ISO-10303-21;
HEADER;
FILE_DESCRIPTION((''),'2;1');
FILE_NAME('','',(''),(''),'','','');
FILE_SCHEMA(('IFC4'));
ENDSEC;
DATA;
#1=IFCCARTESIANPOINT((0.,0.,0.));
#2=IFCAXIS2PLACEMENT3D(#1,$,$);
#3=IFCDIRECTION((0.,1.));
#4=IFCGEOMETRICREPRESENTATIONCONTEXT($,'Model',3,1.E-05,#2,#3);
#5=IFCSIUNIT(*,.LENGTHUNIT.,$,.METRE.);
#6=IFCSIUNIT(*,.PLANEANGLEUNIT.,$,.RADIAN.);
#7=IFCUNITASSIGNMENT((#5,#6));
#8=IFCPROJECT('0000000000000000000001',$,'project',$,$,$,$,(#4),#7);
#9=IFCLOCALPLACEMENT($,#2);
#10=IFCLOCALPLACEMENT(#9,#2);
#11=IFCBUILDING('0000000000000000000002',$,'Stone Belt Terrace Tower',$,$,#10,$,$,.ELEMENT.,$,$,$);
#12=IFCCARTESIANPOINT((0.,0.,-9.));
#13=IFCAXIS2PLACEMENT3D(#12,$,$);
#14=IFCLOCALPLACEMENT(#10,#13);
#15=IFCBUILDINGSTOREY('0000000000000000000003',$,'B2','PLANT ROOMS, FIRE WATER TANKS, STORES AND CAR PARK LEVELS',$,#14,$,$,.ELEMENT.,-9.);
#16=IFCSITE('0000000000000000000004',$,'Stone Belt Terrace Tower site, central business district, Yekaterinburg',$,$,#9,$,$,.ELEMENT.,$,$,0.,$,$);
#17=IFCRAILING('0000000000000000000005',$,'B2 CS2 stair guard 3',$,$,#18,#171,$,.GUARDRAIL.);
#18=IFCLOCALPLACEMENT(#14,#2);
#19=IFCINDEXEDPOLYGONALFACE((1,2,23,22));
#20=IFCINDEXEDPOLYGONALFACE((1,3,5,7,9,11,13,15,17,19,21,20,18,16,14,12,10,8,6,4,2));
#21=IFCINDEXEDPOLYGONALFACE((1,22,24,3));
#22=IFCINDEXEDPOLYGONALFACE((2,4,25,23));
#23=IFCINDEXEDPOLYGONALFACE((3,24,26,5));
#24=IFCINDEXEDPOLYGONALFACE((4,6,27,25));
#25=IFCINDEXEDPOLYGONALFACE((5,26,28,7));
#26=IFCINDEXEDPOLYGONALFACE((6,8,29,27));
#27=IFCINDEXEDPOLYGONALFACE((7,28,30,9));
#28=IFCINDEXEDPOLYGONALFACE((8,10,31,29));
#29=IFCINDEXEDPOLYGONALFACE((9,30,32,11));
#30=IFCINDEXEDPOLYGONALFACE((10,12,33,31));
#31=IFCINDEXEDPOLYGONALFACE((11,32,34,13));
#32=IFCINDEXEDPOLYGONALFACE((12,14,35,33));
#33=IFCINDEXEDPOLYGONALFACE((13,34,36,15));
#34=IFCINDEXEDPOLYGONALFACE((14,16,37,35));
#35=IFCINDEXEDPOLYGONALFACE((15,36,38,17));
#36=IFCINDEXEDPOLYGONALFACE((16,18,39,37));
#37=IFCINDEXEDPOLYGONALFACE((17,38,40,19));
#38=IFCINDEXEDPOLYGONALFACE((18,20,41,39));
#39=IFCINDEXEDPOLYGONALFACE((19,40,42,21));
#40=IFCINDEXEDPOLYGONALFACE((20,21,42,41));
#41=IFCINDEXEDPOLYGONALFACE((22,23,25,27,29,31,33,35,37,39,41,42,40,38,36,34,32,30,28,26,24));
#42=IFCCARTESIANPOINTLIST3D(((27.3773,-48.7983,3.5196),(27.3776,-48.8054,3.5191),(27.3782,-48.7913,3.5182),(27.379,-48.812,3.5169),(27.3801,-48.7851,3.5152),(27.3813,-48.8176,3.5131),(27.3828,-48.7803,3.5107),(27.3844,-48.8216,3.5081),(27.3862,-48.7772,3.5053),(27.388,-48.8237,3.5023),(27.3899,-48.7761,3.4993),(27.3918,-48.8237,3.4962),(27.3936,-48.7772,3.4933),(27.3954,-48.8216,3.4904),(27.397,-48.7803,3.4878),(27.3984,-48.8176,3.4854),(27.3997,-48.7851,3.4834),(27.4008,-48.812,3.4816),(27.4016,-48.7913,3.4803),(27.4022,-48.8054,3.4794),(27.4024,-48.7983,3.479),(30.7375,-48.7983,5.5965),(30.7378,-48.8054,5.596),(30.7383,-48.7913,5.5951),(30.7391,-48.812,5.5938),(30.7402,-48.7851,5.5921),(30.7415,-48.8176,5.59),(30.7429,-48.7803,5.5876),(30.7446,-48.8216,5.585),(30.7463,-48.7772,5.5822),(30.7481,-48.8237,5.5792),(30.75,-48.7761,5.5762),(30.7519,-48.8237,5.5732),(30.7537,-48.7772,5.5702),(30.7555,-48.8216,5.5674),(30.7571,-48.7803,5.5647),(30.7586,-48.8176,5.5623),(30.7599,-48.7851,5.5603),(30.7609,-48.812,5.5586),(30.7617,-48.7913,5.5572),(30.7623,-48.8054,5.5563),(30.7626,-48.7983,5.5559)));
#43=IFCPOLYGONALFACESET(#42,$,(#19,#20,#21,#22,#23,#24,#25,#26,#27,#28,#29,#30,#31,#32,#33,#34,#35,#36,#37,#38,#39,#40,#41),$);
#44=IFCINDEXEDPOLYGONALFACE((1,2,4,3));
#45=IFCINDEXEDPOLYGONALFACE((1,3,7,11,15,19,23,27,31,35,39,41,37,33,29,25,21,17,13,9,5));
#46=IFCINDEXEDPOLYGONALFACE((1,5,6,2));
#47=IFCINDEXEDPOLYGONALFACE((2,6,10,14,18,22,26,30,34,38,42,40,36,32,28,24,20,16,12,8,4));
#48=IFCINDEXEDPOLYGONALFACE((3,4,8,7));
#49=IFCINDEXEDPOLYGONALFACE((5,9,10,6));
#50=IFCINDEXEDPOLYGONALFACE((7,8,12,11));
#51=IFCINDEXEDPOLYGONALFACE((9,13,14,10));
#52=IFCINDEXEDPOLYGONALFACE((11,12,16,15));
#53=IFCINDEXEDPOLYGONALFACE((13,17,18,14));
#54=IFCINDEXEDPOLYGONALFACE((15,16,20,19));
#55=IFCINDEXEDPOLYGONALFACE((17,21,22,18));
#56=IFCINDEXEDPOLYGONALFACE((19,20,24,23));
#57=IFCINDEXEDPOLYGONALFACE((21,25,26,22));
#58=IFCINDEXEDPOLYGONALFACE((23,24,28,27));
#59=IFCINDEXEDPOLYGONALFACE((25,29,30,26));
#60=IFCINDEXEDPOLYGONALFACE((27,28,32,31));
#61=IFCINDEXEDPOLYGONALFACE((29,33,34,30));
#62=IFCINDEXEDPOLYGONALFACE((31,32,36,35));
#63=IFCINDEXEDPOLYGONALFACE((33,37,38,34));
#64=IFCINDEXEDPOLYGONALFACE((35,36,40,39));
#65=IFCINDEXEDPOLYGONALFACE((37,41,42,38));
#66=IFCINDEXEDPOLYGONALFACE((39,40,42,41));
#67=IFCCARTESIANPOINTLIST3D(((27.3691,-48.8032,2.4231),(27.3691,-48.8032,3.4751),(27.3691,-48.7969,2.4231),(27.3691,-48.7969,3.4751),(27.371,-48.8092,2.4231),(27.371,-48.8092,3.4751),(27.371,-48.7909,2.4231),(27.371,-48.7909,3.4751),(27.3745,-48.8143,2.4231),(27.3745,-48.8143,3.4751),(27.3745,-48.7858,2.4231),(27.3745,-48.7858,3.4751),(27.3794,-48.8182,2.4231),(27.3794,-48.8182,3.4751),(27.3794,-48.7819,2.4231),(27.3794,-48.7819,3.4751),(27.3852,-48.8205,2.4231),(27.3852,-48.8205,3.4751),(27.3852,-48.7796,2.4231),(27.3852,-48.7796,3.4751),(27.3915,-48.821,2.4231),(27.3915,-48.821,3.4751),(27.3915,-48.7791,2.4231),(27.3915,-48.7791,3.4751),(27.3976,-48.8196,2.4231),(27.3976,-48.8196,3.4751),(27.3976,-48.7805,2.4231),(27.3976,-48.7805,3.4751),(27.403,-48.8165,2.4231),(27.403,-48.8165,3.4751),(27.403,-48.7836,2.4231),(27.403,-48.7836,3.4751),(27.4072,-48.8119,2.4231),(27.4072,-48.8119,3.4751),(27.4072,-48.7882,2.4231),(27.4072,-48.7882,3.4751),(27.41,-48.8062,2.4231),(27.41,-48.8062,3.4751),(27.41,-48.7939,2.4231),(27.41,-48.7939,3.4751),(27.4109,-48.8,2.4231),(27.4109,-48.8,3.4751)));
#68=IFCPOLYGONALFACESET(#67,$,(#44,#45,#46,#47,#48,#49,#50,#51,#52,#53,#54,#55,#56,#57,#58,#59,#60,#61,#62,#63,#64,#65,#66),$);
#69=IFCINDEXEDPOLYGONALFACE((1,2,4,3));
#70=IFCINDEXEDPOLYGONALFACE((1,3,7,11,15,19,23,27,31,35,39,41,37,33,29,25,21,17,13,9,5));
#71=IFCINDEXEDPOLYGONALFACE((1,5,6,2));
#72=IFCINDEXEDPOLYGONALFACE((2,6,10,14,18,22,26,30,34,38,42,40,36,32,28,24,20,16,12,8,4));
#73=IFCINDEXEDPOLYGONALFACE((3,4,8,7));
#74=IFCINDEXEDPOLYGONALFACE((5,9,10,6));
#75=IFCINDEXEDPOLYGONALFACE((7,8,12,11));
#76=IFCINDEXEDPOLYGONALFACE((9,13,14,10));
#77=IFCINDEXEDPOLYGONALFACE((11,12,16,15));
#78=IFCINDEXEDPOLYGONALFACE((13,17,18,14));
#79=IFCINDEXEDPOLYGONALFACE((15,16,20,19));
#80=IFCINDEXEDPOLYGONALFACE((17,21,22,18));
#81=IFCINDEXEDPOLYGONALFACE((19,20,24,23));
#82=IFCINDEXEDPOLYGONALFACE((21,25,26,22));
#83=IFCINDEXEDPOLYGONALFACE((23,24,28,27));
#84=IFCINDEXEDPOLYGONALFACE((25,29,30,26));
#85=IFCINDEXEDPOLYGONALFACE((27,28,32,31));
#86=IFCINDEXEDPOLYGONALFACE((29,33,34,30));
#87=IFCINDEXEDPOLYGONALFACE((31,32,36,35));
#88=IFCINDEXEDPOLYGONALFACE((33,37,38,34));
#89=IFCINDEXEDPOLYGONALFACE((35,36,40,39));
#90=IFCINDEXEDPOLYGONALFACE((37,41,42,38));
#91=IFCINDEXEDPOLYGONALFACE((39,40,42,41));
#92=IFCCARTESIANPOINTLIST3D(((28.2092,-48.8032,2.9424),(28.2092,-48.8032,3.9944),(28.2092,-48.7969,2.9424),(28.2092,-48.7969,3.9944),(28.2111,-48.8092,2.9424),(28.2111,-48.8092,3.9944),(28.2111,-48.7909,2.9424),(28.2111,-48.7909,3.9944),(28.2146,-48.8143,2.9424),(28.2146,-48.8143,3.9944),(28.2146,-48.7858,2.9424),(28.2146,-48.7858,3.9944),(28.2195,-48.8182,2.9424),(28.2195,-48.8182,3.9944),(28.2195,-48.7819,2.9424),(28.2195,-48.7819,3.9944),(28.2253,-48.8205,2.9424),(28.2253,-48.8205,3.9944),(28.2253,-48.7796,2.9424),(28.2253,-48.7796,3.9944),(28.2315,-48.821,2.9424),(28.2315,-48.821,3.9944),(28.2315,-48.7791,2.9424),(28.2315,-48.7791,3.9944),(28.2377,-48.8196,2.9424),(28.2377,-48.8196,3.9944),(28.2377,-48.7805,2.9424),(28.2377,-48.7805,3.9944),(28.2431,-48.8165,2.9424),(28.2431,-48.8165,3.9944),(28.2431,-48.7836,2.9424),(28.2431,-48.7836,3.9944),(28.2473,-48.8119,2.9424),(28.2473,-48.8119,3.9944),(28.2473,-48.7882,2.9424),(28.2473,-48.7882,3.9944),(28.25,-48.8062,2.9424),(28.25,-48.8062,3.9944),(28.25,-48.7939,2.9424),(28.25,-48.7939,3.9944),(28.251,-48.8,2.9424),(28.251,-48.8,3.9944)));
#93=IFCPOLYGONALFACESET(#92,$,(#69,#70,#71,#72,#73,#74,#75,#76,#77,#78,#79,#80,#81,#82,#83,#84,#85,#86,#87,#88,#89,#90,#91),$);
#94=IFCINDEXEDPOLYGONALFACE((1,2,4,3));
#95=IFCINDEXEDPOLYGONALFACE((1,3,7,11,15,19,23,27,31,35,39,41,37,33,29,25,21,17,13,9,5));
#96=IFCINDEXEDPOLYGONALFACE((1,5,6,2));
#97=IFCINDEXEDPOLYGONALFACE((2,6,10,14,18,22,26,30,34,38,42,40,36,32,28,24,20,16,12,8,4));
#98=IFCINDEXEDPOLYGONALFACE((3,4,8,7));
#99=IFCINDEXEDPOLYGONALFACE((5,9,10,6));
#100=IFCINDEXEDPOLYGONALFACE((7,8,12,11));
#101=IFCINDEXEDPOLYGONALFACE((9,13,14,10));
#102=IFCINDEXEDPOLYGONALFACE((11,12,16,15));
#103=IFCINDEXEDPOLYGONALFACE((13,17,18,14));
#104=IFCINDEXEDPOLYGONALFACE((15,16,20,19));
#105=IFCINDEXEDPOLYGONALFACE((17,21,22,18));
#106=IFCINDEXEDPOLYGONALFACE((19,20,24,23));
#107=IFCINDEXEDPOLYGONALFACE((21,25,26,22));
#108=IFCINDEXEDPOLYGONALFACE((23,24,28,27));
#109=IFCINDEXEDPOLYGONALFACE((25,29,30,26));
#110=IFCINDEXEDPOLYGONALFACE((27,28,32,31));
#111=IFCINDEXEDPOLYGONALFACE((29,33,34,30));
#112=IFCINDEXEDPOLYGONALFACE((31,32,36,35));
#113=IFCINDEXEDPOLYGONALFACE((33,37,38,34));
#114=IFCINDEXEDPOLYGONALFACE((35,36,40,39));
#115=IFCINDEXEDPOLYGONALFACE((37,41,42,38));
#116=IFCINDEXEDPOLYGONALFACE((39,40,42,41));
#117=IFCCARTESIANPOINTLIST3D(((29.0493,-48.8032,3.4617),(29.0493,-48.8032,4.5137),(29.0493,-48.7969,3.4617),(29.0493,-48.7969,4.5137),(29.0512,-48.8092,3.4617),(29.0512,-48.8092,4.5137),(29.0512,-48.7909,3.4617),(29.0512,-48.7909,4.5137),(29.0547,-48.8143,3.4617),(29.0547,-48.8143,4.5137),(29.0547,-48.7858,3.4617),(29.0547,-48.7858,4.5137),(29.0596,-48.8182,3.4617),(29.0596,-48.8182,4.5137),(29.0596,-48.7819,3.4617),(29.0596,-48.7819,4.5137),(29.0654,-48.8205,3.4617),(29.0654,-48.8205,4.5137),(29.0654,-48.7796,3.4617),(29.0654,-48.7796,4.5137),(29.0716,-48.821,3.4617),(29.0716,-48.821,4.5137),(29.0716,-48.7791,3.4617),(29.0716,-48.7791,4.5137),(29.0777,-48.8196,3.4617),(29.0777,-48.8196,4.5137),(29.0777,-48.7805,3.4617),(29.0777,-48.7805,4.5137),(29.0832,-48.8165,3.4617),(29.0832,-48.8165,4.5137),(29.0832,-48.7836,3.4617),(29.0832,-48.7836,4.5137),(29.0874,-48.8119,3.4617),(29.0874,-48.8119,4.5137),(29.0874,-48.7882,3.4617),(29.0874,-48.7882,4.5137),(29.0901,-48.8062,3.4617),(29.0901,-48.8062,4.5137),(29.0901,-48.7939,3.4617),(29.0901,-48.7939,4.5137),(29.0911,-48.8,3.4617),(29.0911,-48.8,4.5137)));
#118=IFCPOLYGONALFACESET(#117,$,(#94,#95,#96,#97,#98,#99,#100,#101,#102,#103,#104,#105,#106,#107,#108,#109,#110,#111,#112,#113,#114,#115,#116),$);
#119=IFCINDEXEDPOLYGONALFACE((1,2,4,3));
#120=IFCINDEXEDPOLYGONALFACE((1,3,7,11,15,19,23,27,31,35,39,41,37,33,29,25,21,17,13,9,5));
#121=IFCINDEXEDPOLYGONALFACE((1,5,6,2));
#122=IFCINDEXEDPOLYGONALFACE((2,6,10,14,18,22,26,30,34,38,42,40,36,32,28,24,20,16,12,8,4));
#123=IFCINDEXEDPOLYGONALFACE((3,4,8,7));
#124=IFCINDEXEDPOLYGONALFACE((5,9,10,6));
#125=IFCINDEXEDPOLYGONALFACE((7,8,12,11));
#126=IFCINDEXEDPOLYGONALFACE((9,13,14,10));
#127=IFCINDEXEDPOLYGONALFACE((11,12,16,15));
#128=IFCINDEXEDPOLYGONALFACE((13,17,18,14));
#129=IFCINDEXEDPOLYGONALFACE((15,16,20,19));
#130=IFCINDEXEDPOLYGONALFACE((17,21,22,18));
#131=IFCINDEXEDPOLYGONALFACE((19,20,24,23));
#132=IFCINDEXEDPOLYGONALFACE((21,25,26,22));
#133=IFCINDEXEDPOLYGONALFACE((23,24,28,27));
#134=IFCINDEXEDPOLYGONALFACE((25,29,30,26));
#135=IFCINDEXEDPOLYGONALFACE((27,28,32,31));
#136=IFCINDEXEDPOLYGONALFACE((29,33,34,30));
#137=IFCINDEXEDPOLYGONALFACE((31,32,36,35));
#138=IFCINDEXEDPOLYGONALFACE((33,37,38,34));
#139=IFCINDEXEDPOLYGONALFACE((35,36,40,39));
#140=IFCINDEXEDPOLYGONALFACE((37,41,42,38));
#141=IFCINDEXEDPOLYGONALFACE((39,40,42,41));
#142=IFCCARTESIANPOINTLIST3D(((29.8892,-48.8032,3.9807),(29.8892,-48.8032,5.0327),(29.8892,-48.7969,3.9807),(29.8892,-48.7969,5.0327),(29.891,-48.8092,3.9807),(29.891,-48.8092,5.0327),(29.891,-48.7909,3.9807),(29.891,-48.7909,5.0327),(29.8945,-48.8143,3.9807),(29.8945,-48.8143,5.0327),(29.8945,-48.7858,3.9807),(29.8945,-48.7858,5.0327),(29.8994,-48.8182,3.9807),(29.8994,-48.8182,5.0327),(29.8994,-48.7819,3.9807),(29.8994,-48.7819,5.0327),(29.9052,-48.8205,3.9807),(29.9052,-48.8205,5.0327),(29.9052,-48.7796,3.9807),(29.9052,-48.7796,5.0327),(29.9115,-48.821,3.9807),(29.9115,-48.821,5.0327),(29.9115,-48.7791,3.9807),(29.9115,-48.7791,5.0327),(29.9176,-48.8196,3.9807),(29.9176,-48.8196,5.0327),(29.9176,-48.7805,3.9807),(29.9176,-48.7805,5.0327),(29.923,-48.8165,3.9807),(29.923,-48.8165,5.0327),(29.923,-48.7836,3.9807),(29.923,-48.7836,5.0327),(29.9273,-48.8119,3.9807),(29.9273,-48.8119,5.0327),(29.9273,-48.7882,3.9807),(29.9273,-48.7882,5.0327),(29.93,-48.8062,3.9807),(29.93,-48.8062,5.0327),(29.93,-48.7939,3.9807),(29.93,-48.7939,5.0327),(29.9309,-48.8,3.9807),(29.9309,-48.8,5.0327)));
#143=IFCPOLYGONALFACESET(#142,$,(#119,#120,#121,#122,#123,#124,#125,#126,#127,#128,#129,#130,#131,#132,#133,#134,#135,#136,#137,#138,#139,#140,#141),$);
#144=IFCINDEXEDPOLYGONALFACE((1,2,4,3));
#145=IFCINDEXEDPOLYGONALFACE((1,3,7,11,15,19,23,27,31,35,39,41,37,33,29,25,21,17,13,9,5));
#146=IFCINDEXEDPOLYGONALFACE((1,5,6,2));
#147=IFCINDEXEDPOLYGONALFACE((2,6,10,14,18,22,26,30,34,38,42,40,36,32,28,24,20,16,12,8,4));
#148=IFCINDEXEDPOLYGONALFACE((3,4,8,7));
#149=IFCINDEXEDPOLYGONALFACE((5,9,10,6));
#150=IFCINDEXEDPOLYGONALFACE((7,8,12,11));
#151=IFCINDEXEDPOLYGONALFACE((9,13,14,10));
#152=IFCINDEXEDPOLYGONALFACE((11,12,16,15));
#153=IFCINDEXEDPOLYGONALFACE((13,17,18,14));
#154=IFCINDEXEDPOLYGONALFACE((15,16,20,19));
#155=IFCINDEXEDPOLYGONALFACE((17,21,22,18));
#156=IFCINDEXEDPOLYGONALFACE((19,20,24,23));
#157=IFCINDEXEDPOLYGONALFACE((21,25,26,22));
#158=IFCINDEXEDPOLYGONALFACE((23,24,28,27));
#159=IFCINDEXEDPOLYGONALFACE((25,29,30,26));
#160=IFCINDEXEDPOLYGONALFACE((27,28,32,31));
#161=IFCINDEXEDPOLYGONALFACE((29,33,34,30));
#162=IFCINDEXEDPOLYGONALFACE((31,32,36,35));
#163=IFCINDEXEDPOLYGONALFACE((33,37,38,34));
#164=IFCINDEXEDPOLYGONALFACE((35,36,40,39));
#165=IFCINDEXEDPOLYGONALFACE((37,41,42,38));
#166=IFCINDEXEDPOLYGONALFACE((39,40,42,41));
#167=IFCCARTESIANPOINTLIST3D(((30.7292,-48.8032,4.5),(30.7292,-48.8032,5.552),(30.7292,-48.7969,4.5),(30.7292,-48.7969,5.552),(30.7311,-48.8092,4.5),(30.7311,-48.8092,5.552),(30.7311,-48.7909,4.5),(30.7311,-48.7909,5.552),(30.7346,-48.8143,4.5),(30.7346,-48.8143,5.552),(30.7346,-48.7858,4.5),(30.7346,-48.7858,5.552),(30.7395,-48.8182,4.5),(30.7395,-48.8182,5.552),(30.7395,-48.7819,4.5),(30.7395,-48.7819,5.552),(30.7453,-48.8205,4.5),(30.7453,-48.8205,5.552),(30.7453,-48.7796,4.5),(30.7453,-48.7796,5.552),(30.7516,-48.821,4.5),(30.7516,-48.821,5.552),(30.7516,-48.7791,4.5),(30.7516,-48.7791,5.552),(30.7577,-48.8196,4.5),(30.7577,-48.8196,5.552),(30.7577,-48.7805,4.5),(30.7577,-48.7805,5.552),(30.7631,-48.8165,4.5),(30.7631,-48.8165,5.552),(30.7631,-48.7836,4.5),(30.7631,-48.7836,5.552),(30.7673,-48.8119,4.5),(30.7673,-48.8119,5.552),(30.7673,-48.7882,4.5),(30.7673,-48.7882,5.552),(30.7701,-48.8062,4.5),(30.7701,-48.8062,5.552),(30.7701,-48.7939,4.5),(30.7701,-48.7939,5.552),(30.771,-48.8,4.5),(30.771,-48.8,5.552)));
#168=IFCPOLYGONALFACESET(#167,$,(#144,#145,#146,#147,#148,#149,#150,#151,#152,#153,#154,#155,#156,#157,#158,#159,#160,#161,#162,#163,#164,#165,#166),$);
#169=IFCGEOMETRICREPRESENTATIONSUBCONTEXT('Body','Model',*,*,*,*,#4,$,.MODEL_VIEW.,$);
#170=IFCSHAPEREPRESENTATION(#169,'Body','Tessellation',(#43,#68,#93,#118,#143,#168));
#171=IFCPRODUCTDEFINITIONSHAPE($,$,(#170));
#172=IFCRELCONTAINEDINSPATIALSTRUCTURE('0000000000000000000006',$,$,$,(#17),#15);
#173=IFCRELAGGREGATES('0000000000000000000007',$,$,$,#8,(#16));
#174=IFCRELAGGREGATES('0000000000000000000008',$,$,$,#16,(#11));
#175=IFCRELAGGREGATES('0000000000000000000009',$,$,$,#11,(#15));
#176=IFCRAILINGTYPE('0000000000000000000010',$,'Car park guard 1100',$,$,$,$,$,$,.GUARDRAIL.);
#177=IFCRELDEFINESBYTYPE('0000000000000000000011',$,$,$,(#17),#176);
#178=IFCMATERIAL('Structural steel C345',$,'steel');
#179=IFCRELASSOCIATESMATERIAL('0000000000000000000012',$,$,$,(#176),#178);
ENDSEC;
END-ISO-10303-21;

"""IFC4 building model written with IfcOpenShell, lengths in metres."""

from ifc_helpers import new_model, si_unit, direction, frame, origin, origin_2d, place, context, subcontext, project, spatial, circle, extrude, material, type_object, element, save


model = new_model("IFC4")

# Units and contexts
model_context = context("Model", 3, precision=1e-05, world=origin(), true_north=direction((0.0, 1.0)))
body_context = subcontext(model_context, "Body", "Model", "MODEL_VIEW")
ifc_project = project(units=[si_unit("LENGTHUNIT", "METRE"), si_unit("PLANEANGLEUNIT", "RADIAN")], contexts=[model_context])

# Site, building, storey
site_placement = place(None, origin())
site = spatial("IfcSite", under=ifc_project, at=site_placement, Name="Stone Belt Terrace Tower site, central business district, Yekaterinburg", CompositionType="ELEMENT", RefElevation=0.0)
building_placement = place(site_placement, origin())
building = spatial("IfcBuilding", under=site, at=building_placement, Name="Stone Belt Terrace Tower", CompositionType="ELEMENT")
storey_placement = place(building_placement, frame((0.0, 0.0, -9.0)))
storey = spatial("IfcBuildingStorey", under=building, at=storey_placement, Name="B2", Description="PLANT ROOMS, FIRE WATER TANKS, STORES AND CAR PARK LEVELS", CompositionType="ELEMENT", Elevation=-9.0)

# Railing
ifc_material_1 = material(Name="Structural steel C345", Category="steel")
railing_type_1 = type_object("IfcRailingType", Name="Car park guard 1100", PredefinedType="GUARDRAIL", material=ifc_material_1)
railing_1_placement = place(storey_placement, frame((27.3899, -48.8, 2.4231)))
element("IfcRailing", 1, at=railing_1_placement, inside=storey, type_object=railing_type_1, Name="B2 CS2 stair guard 3", PredefinedType="GUARDRAIL", context=body_context, shape_type="SweptSolid", body=[
    extrude(circle(Radius=0.0239, at=origin_2d()), frame((0.0, 0.0, 1.0762), z_axis=(0.850623, 0.0, 0.525776), x_axis=(0.0, 1.0, 0.0)), (0.0, 0.0, 1.0), 3.9502),
    extrude(circle(Radius=0.021, at=origin_2d()), origin(), (0.0, 0.0, 1.0), 1.052),
    extrude(circle(Radius=0.021, at=origin_2d()), frame((0.8401, 0.0, 0.5193)), (0.0, 0.0, 1.0), 1.052),
    extrude(circle(Radius=0.021, at=origin_2d()), frame((1.6802, 0.0, 1.0386)), (0.0, 0.0, 1.0), 1.052),
    extrude(circle(Radius=0.021, at=origin_2d()), frame((2.52, 0.0, 1.5576)), (0.0, 0.0, 1.0), 1.052),
    extrude(circle(Radius=0.021, at=origin_2d()), frame((3.3601, 0.0, 2.0769)), (0.0, 0.0, 1.0), 1.052),
])

save(model, "model.ifc")
